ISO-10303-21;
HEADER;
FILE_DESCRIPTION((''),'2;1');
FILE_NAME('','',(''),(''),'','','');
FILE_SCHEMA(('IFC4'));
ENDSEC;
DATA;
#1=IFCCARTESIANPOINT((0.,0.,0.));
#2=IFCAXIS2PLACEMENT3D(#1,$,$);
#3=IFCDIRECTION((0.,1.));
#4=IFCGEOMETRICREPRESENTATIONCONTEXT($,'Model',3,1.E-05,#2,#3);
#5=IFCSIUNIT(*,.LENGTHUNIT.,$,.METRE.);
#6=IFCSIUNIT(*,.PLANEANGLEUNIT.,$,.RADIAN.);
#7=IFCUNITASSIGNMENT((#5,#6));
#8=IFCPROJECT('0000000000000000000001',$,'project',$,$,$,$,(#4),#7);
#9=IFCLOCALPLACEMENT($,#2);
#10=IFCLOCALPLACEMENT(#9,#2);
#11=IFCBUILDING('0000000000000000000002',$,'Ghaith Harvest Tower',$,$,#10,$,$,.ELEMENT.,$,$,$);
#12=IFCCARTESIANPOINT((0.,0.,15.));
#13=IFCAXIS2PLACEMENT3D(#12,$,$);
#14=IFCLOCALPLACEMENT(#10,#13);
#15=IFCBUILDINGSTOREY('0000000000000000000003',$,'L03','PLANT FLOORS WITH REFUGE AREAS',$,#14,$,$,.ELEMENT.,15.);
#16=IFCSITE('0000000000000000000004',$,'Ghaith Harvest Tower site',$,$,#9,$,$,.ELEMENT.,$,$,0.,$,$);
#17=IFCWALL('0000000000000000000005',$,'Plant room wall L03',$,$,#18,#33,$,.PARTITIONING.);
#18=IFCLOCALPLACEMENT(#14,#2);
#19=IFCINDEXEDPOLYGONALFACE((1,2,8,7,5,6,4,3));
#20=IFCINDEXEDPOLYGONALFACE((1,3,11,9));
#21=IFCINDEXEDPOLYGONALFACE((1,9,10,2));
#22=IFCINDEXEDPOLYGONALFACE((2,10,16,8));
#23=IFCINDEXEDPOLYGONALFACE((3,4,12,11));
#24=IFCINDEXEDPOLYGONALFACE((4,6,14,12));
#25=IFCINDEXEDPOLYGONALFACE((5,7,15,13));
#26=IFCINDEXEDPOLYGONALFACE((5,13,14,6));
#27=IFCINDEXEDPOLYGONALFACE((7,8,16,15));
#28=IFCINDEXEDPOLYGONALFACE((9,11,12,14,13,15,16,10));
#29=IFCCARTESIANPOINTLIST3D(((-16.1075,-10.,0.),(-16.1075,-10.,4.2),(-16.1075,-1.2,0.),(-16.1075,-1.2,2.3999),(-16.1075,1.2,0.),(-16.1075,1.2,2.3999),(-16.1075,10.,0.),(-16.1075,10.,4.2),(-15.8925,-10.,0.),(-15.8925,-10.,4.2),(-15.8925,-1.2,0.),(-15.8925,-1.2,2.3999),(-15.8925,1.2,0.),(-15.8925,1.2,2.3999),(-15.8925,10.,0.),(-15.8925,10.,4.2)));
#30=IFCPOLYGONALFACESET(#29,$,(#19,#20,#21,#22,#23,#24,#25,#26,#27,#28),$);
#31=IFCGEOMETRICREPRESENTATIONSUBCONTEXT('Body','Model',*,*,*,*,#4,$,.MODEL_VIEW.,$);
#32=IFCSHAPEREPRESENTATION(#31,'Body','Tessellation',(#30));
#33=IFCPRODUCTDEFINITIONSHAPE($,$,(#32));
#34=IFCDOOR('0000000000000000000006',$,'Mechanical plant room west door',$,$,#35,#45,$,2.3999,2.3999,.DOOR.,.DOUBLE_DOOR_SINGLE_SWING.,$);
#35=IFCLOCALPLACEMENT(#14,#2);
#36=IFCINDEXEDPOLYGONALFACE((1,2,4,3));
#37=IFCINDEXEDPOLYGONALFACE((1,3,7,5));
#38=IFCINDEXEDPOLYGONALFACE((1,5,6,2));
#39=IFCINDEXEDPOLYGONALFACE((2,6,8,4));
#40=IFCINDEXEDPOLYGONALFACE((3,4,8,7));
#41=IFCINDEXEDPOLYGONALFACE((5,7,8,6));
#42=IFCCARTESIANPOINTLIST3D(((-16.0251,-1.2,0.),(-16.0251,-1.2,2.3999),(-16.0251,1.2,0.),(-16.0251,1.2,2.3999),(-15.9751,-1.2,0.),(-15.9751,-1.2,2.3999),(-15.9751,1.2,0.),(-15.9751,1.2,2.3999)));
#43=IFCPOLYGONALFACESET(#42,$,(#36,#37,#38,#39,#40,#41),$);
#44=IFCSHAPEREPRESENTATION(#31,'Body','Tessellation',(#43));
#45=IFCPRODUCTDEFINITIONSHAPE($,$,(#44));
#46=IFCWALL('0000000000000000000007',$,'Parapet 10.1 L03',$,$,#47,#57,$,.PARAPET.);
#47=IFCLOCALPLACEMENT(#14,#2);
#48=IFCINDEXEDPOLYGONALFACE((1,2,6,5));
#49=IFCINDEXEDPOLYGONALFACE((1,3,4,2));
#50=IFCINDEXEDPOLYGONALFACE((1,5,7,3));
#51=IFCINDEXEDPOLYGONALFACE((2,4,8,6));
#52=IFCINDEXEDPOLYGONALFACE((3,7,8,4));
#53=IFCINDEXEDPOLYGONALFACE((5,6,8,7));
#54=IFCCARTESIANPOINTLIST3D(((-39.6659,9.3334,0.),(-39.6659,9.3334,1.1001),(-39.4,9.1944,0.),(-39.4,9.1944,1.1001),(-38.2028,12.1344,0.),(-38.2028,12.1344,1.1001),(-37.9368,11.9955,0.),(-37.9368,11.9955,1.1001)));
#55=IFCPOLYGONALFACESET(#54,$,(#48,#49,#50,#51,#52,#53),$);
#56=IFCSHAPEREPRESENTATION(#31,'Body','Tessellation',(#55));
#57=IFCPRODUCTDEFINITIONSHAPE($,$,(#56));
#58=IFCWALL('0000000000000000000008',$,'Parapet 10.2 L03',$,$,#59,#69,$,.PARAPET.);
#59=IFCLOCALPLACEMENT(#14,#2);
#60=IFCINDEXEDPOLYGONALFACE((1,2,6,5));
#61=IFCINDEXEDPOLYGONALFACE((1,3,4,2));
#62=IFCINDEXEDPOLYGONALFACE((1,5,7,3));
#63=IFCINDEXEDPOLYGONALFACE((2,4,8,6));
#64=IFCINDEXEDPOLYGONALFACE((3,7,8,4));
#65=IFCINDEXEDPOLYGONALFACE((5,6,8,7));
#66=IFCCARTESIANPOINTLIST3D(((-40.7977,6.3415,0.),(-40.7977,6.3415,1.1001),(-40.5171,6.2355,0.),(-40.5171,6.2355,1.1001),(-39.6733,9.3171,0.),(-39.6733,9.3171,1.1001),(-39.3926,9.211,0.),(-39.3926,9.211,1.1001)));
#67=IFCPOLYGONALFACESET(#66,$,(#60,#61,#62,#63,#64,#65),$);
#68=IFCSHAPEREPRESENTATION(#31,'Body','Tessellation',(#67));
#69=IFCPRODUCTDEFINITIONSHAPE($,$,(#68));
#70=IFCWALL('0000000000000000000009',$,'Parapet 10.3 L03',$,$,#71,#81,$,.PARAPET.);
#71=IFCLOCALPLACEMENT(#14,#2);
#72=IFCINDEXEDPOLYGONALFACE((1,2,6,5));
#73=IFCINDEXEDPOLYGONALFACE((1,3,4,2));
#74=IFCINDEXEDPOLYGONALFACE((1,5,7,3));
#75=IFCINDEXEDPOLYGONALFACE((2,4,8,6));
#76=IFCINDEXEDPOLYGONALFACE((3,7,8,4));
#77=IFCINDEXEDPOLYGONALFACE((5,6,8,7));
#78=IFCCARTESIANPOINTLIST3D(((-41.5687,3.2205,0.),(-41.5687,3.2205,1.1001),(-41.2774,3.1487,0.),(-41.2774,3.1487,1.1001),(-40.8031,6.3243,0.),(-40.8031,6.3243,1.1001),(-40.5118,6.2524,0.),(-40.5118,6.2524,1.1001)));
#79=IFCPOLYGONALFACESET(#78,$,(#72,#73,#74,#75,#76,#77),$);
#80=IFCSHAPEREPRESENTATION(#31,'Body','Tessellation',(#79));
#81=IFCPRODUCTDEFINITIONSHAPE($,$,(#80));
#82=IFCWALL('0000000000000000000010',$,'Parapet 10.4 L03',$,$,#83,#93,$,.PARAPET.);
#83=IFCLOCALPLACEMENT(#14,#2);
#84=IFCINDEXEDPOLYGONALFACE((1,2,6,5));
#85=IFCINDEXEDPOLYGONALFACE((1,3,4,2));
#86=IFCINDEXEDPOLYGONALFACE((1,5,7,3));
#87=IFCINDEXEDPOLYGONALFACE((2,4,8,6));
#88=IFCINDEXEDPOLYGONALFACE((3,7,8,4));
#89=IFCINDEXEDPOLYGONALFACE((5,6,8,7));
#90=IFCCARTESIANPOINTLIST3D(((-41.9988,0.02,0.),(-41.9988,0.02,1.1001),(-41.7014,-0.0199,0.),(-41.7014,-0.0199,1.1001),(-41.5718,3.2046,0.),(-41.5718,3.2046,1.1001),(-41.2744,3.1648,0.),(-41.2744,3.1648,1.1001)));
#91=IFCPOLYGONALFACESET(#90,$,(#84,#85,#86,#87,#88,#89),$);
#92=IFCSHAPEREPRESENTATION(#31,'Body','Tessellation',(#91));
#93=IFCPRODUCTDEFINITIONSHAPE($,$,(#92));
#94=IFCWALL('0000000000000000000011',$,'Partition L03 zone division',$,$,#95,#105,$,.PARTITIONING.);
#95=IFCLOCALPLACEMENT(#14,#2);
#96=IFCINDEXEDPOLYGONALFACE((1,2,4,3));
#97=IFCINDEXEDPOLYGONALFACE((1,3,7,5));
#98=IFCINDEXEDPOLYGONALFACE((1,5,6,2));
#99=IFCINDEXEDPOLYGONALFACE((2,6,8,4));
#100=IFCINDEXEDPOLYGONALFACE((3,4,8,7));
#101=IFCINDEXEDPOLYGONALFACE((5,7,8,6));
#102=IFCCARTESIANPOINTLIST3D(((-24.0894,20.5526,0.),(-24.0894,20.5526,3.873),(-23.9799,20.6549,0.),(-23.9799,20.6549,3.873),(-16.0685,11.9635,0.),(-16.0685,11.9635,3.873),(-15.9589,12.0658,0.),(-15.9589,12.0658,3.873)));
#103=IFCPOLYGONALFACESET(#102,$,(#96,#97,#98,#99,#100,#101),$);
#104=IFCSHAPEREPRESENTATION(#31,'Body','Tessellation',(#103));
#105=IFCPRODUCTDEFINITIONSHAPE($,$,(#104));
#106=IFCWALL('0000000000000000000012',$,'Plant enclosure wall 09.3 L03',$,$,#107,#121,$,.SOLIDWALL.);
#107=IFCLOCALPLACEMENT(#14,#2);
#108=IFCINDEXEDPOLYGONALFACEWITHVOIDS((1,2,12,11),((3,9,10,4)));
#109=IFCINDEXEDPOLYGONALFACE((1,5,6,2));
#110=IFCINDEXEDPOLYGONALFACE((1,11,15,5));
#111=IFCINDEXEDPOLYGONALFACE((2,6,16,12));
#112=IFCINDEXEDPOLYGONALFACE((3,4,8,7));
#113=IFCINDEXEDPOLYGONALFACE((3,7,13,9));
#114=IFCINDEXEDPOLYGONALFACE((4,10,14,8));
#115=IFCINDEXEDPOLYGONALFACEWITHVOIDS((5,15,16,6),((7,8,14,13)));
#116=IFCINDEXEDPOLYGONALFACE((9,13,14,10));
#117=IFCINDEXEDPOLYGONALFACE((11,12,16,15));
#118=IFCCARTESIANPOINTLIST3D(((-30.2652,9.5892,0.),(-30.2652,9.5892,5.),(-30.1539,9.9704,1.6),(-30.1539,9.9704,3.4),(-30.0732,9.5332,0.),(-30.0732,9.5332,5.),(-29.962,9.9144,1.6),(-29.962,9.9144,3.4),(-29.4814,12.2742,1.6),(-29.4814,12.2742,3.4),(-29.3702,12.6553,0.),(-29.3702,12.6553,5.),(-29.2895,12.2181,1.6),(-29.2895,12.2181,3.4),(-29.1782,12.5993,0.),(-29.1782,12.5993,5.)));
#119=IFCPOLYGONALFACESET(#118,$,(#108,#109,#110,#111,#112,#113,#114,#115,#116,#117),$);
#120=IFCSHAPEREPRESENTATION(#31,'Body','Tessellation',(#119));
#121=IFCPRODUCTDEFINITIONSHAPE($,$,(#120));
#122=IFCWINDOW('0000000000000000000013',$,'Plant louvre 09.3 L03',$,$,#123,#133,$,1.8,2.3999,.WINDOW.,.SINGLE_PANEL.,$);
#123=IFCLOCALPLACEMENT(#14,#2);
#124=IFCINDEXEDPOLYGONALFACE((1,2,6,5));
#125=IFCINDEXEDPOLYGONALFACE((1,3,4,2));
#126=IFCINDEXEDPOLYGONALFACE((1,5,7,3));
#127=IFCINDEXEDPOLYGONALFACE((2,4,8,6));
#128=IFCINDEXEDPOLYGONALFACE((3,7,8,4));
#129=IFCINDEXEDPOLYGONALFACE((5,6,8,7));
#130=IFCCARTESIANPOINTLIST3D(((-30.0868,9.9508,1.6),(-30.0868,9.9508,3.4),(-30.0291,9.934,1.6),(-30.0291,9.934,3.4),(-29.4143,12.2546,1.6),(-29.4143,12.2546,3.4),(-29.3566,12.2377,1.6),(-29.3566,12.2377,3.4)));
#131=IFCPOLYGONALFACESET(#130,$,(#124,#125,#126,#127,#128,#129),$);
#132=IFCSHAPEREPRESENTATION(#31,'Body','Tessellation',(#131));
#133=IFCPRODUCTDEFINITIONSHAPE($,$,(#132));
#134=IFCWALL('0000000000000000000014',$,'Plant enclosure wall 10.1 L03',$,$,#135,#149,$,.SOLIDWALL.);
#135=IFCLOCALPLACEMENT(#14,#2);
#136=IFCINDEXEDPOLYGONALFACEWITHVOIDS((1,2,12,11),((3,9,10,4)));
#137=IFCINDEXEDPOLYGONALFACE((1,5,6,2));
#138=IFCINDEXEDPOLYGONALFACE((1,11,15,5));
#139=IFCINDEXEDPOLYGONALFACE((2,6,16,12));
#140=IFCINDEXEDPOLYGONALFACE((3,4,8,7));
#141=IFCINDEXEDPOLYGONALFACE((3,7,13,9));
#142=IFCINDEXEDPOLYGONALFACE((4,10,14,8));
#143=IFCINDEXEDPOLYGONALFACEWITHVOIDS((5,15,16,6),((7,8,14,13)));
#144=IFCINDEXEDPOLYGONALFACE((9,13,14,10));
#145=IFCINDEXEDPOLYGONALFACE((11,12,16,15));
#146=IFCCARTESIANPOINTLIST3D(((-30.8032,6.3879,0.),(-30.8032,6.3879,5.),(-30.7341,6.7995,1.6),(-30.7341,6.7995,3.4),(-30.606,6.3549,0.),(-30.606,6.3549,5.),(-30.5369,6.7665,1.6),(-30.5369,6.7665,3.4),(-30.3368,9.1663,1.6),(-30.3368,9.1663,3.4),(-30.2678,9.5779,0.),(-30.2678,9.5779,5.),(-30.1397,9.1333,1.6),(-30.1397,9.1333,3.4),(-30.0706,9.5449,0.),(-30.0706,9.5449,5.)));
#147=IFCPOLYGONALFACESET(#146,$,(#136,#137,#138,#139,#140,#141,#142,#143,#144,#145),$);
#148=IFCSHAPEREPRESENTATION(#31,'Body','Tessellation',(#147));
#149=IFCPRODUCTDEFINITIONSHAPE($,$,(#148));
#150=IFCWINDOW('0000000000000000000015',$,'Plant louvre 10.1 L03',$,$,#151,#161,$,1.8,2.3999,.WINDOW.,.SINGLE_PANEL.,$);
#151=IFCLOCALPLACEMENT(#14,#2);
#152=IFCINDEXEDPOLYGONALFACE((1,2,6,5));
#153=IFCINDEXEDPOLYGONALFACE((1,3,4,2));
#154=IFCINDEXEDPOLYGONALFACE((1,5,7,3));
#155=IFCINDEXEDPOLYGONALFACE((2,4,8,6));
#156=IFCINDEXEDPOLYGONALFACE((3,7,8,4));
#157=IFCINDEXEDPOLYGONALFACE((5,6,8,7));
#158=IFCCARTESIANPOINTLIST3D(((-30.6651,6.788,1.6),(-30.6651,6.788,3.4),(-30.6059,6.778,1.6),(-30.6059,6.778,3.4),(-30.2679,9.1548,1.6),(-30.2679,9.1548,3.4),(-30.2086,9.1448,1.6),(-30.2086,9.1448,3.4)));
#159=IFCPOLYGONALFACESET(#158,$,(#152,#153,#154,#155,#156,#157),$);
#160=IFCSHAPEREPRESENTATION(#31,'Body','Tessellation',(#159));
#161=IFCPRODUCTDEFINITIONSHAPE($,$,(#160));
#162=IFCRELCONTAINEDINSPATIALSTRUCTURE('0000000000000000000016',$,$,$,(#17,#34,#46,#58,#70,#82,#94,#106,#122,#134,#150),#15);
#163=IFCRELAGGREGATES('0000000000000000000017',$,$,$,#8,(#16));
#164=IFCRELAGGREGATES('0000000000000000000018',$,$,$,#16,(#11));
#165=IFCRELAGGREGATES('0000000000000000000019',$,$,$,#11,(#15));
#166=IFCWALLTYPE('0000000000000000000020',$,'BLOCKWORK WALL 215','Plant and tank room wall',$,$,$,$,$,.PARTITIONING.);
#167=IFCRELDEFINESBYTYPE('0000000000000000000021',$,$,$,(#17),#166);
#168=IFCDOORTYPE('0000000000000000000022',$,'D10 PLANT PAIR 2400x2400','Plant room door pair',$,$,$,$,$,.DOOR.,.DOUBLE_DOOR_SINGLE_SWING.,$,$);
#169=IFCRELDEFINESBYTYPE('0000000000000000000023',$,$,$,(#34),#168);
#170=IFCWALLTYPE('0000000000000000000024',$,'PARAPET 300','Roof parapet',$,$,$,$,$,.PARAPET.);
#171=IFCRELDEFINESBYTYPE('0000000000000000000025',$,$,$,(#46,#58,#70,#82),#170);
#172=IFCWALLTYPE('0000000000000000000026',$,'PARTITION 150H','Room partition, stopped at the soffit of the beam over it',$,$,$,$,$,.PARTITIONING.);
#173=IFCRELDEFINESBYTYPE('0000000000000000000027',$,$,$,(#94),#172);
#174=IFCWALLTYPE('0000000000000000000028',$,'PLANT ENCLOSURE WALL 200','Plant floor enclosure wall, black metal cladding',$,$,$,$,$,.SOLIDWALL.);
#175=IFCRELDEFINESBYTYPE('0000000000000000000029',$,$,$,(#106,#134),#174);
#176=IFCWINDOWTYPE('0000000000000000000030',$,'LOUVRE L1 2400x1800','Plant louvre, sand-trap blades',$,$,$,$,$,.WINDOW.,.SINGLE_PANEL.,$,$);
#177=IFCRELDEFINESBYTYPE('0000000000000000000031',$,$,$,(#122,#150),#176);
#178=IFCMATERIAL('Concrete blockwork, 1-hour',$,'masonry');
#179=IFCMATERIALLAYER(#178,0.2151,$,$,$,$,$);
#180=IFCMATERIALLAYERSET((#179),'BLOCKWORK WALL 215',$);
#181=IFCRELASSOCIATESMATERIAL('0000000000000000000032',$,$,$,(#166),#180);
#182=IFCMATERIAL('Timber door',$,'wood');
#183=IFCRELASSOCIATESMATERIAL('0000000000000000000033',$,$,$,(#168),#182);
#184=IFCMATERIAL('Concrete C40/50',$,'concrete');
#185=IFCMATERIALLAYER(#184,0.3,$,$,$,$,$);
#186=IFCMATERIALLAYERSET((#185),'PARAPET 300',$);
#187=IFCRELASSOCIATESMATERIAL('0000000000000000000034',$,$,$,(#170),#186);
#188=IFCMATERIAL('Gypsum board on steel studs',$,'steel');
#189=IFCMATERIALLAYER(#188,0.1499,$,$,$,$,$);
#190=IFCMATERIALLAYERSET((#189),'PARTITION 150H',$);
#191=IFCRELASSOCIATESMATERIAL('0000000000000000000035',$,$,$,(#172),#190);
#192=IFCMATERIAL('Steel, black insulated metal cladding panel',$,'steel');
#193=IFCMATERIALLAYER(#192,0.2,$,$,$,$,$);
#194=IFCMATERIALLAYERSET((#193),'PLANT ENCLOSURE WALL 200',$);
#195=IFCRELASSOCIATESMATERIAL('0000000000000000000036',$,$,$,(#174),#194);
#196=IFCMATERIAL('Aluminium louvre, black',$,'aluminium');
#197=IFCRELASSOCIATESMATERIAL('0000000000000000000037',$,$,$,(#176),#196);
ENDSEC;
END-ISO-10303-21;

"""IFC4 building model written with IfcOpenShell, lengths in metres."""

from ifc_helpers import new_model, si_unit, direction, frame, frame_2d, origin, place, context, subcontext, project, spatial, rectangle, extrude, material, layer, layer_set, type_object, element, fill, save


model = new_model("IFC4")

# Units and contexts
model_context = context("Model", 3, precision=1e-05, world=origin(), true_north=direction((0.0, 1.0)))
body_context = subcontext(model_context, "Body", "Model", "MODEL_VIEW")
ifc_project = project(units=[si_unit("LENGTHUNIT", "METRE"), si_unit("PLANEANGLEUNIT", "RADIAN")], contexts=[model_context])

# Site, building, storey
site_placement = place(None, origin())
site = spatial("IfcSite", under=ifc_project, at=site_placement, Name="Ghaith Harvest Tower site", CompositionType="ELEMENT", RefElevation=0.0)
building_placement = place(site_placement, origin())
building = spatial("IfcBuilding", under=site, at=building_placement, Name="Ghaith Harvest Tower", CompositionType="ELEMENT")
storey_placement = place(building_placement, frame((0.0, 0.0, 15.0)))
storey = spatial("IfcBuildingStorey", under=building, at=storey_placement, Name="L03", Description="PLANT FLOORS WITH REFUGE AREAS", CompositionType="ELEMENT", Elevation=15.0)

# Shared definitions
ifc_material_1 = material(Name="Concrete blockwork, 1-hour", Category="masonry")
ifc_layer_1 = layer(ifc_material_1, 0.2151)
ifc_layer_set_1 = layer_set([ifc_layer_1], Name="BLOCKWORK WALL 215")
wall_type_1 = type_object("IfcWallType", Name="BLOCKWORK WALL 215", Description="Plant and tank room wall", PredefinedType="PARTITIONING", material=ifc_layer_set_1)

# Wall, opening, door
wall_1_placement = place(storey_placement, frame((-16.0, 10.0, 0.0), z_axis=(0.0, 0.0, 1.0), x_axis=(0.0, -1.0, 0.0)))
wall_1 = element("IfcWall", 1, at=wall_1_placement, inside=storey, type_object=wall_type_1, Name="Plant room wall L03", PredefinedType="PARTITIONING", context=body_context, shape_type="SweptSolid", body=[
    extrude(rectangle(XDim=20.0, YDim=0.2151, at=frame_2d((10.0, 0.0))), origin(), (0.0, 0.0, 1.0), 4.2),
])
opening_1_placement = place(wall_1_placement, frame((8.8, 0.0, 0.0)))
opening_1 = element("IfcOpeningElement", 2, at=opening_1_placement, cuts=wall_1, PredefinedType="OPENING", context=body_context, shape_type="SweptSolid", body=[
    extrude(rectangle(XDim=2.3999, YDim=2.3999, at=frame_2d((1.2, 1.2))), frame((0.0, 0.1177, 0.0), z_axis=(0.0, -1.0, 0.0), x_axis=(1.0, 0.0, 0.0)), (0.0, 0.0, 1.0), 0.2351),
])
ifc_material_2 = material(Name="Timber door", Category="wood")
door_type = type_object("IfcDoorType", Name="D10 PLANT PAIR 2400x2400", Description="Plant room door pair", OperationType="DOUBLE_DOOR_SINGLE_SWING", PredefinedType="DOOR", material=ifc_material_2)
door_placement = place(opening_1_placement, origin())
door = element("IfcDoor", 3, at=door_placement, inside=storey, type_object=door_type, Name="Mechanical plant room west door", OperationType="DOUBLE_DOOR_SINGLE_SWING", OverallHeight=2.3999, OverallWidth=2.3999, PredefinedType="DOOR", context=body_context, shape_type="SweptSolid", body=[
    extrude(rectangle(XDim=2.3999, YDim=2.3999, at=frame_2d((1.2, 1.2))), frame((0.0, 0.0249, 0.0), z_axis=(0.0, -1.0, 0.0), x_axis=(1.0, 0.0, 0.0)), (0.0, 0.0, 1.0), 0.05),
])
fill(opening_1, door)

# Walls
ifc_material_3 = material(Name="Concrete C40/50", Category="concrete")
ifc_layer_2 = layer(ifc_material_3, 0.3)
ifc_layer_set_2 = layer_set([ifc_layer_2], Name="PARAPET 300")
wall_type_2 = type_object("IfcWallType", Name="PARAPET 300", Description="Roof parapet", PredefinedType="PARAPET", material=ifc_layer_set_2)
wall_2_placement = place(storey_placement, frame((-38.0698, 12.0649, 0.0), z_axis=(0.0, 0.0, 1.0), x_axis=(-0.462996, -0.88636, 0.0)))
element("IfcWall", 4, at=wall_2_placement, inside=storey, type_object=wall_type_2, Name="Parapet 10.1 L03", PredefinedType="PARAPET", context=body_context, shape_type="SweptSolid", body=[
    extrude(rectangle(XDim=3.1602, YDim=0.3, at=frame_2d((1.5801, 0.0))), origin(), (0.0, 0.0, 1.0), 1.1001),
])
wall_3_placement = place(storey_placement, frame((-39.533, 9.2639, 0.0), z_axis=(0.0, 0.0, 1.0), x_axis=(-0.353511, -0.93543, 0.0)))
element("IfcWall", 5, at=wall_3_placement, inside=storey, type_object=wall_type_2, Name="Parapet 10.2 L03", PredefinedType="PARAPET", context=body_context, shape_type="SweptSolid", body=[
    extrude(rectangle(XDim=3.1809, YDim=0.3, at=frame_2d((1.5903, 0.0))), origin(), (0.0, 0.0, 1.0), 1.1001),
])
wall_4_placement = place(storey_placement, frame((-40.6575, 6.2883, 0.0), z_axis=(0.0, 0.0, 1.0), x_axis=(-0.239498, -0.970897, 0.0)))
element("IfcWall", 6, at=wall_4_placement, inside=storey, type_object=wall_type_2, Name="Parapet 10.3 L03", PredefinedType="PARAPET", context=body_context, shape_type="SweptSolid", body=[
    extrude(rectangle(XDim=3.1968, YDim=0.3, at=frame_2d((1.5984, 0.0))), origin(), (0.0, 0.0, 1.0), 1.1001),
])
wall_5_placement = place(storey_placement, frame((-41.4231, 3.1846, 0.0), z_axis=(0.0, 0.0, 1.0), x_axis=(-0.132895, -0.99113, 0.0)))
element("IfcWall", 7, at=wall_5_placement, inside=storey, type_object=wall_type_2, Name="Parapet 10.4 L03", PredefinedType="PARAPET", context=body_context, shape_type="SweptSolid", body=[
    extrude(rectangle(XDim=3.2131, YDim=0.3, at=frame_2d((1.6064, 0.0))), origin(), (0.0, 0.0, 1.0), 1.1001),
])
ifc_material_4 = material(Name="Gypsum board on steel studs", Category="steel")
ifc_layer_3 = layer(ifc_material_4, 0.1499)
ifc_layer_set_3 = layer_set([ifc_layer_3], Name="PARTITION 150H")
wall_type_3 = type_object("IfcWallType", Name="PARTITION 150H", Description="Room partition, stopped at the soffit of the beam over it", PredefinedType="PARTITIONING", material=ifc_layer_set_3)
wall_6_placement = place(storey_placement, frame((-16.0137, 12.0146, 0.0), z_axis=(0.0, 0.0, 1.0), x_axis=(-0.682523, 0.730865, 0.0)))
element("IfcWall", 8, at=wall_6_placement, inside=storey, type_object=wall_type_3, Name="Partition L03 zone division", PredefinedType="PARTITIONING", context=body_context, shape_type="SweptSolid", body=[
    extrude(rectangle(XDim=11.752, YDim=0.1499, at=frame_2d((5.876, 0.0))), origin(), (0.0, 0.0, 1.0), 3.873),
])

# Walls, openings, windows
ifc_material_5 = material(Name="Steel, black insulated metal cladding panel", Category="steel")
ifc_layer_4 = layer(ifc_material_5, 0.2)
ifc_layer_set_4 = layer_set([ifc_layer_4], Name="PLANT ENCLOSURE WALL 200")
wall_type_4 = type_object("IfcWallType", Name="PLANT ENCLOSURE WALL 200", Description="Plant floor enclosure wall, black metal cladding", PredefinedType="SOLIDWALL", material=ifc_layer_set_4)
wall_7_placement = place(storey_placement, frame((-29.2742, 12.6274, 0.0), z_axis=(0.0, 0.0, 1.0), x_axis=(-0.280208, -0.959939, 0.0)))
wall_7 = element("IfcWall", 9, at=wall_7_placement, inside=storey, type_object=wall_type_4, Name="Plant enclosure wall 09.3 L03", PredefinedType="SOLIDWALL", context=body_context, shape_type="SweptSolid", body=[
    extrude(rectangle(XDim=3.1941, YDim=0.2, at=frame_2d((1.5972, 0.0))), origin(), (0.0, 0.0, 1.0), 5.0),
])
opening_2_placement = place(wall_7_placement, frame((0.3972, 0.0, 1.6001)))
opening_2 = element("IfcOpeningElement", 10, at=opening_2_placement, cuts=wall_7, PredefinedType="OPENING", context=body_context, shape_type="SweptSolid", body=[
    extrude(rectangle(XDim=2.3999, YDim=1.8, at=frame_2d((1.2, 0.8999))), frame((0.0, 0.1099, 0.0), z_axis=(0.0, -1.0, 0.0), x_axis=(1.0, 0.0, 0.0)), (0.0, 0.0, 1.0), 0.22),
])
ifc_material_6 = material(Name="Aluminium louvre, black", Category="aluminium")
window_type = type_object("IfcWindowType", Name="LOUVRE L1 2400x1800", Description="Plant louvre, sand-trap blades", PartitioningType="SINGLE_PANEL", PredefinedType="WINDOW", material=ifc_material_6)
window_1_placement = place(opening_2_placement, origin())
window_1 = element("IfcWindow", 11, at=window_1_placement, inside=storey, type_object=window_type, Name="Plant louvre 09.3 L03", OverallHeight=1.8, OverallWidth=2.3999, PartitioningType="SINGLE_PANEL", PredefinedType="WINDOW", context=body_context, shape_type="SweptSolid", body=[
    extrude(rectangle(XDim=2.3999, YDim=1.8, at=frame_2d((1.2, 0.8999))), frame((0.0, 0.03, 0.0), z_axis=(0.0, -1.0, 0.0), x_axis=(1.0, 0.0, 0.0)), (0.0, 0.0, 1.0), 0.0601),
])
fill(opening_2, window_1)
wall_8_placement = place(storey_placement, frame((-30.1692, 9.5613, 0.0), z_axis=(0.0, 0.0, 1.0), x_axis=(-0.165525, -0.986206, 0.0)))
wall_8 = element("IfcWall", 12, at=wall_8_placement, inside=storey, type_object=wall_type_4, Name="Plant enclosure wall 10.1 L03", PredefinedType="SOLIDWALL", context=body_context, shape_type="SweptSolid", body=[
    extrude(rectangle(XDim=3.2346, YDim=0.2, at=frame_2d((1.6172, 0.0))), origin(), (0.0, 0.0, 1.0), 5.0),
])
opening_3_placement = place(wall_8_placement, frame((0.4172, 0.0, 1.6001)))
opening_3 = element("IfcOpeningElement", 13, at=opening_3_placement, cuts=wall_8, PredefinedType="OPENING", context=body_context, shape_type="SweptSolid", body=[
    extrude(rectangle(XDim=2.3999, YDim=1.8, at=frame_2d((1.2, 0.8999))), frame((0.0, 0.1099, 0.0), z_axis=(0.0, -1.0, 0.0), x_axis=(1.0, 0.0, 0.0)), (0.0, 0.0, 1.0), 0.22),
])
window_2_placement = place(opening_3_placement, origin())
window_2 = element("IfcWindow", 14, at=window_2_placement, inside=storey, type_object=window_type, Name="Plant louvre 10.1 L03", OverallHeight=1.8, OverallWidth=2.3999, PartitioningType="SINGLE_PANEL", PredefinedType="WINDOW", context=body_context, shape_type="SweptSolid", body=[
    extrude(rectangle(XDim=2.3999, YDim=1.8, at=frame_2d((1.2, 0.8999))), frame((0.0, 0.03, 0.0), z_axis=(0.0, -1.0, 0.0), x_axis=(1.0, 0.0, 0.0)), (0.0, 0.0, 1.0), 0.0601),
])
fill(opening_3, window_2)

save(model, "model.ifc")
